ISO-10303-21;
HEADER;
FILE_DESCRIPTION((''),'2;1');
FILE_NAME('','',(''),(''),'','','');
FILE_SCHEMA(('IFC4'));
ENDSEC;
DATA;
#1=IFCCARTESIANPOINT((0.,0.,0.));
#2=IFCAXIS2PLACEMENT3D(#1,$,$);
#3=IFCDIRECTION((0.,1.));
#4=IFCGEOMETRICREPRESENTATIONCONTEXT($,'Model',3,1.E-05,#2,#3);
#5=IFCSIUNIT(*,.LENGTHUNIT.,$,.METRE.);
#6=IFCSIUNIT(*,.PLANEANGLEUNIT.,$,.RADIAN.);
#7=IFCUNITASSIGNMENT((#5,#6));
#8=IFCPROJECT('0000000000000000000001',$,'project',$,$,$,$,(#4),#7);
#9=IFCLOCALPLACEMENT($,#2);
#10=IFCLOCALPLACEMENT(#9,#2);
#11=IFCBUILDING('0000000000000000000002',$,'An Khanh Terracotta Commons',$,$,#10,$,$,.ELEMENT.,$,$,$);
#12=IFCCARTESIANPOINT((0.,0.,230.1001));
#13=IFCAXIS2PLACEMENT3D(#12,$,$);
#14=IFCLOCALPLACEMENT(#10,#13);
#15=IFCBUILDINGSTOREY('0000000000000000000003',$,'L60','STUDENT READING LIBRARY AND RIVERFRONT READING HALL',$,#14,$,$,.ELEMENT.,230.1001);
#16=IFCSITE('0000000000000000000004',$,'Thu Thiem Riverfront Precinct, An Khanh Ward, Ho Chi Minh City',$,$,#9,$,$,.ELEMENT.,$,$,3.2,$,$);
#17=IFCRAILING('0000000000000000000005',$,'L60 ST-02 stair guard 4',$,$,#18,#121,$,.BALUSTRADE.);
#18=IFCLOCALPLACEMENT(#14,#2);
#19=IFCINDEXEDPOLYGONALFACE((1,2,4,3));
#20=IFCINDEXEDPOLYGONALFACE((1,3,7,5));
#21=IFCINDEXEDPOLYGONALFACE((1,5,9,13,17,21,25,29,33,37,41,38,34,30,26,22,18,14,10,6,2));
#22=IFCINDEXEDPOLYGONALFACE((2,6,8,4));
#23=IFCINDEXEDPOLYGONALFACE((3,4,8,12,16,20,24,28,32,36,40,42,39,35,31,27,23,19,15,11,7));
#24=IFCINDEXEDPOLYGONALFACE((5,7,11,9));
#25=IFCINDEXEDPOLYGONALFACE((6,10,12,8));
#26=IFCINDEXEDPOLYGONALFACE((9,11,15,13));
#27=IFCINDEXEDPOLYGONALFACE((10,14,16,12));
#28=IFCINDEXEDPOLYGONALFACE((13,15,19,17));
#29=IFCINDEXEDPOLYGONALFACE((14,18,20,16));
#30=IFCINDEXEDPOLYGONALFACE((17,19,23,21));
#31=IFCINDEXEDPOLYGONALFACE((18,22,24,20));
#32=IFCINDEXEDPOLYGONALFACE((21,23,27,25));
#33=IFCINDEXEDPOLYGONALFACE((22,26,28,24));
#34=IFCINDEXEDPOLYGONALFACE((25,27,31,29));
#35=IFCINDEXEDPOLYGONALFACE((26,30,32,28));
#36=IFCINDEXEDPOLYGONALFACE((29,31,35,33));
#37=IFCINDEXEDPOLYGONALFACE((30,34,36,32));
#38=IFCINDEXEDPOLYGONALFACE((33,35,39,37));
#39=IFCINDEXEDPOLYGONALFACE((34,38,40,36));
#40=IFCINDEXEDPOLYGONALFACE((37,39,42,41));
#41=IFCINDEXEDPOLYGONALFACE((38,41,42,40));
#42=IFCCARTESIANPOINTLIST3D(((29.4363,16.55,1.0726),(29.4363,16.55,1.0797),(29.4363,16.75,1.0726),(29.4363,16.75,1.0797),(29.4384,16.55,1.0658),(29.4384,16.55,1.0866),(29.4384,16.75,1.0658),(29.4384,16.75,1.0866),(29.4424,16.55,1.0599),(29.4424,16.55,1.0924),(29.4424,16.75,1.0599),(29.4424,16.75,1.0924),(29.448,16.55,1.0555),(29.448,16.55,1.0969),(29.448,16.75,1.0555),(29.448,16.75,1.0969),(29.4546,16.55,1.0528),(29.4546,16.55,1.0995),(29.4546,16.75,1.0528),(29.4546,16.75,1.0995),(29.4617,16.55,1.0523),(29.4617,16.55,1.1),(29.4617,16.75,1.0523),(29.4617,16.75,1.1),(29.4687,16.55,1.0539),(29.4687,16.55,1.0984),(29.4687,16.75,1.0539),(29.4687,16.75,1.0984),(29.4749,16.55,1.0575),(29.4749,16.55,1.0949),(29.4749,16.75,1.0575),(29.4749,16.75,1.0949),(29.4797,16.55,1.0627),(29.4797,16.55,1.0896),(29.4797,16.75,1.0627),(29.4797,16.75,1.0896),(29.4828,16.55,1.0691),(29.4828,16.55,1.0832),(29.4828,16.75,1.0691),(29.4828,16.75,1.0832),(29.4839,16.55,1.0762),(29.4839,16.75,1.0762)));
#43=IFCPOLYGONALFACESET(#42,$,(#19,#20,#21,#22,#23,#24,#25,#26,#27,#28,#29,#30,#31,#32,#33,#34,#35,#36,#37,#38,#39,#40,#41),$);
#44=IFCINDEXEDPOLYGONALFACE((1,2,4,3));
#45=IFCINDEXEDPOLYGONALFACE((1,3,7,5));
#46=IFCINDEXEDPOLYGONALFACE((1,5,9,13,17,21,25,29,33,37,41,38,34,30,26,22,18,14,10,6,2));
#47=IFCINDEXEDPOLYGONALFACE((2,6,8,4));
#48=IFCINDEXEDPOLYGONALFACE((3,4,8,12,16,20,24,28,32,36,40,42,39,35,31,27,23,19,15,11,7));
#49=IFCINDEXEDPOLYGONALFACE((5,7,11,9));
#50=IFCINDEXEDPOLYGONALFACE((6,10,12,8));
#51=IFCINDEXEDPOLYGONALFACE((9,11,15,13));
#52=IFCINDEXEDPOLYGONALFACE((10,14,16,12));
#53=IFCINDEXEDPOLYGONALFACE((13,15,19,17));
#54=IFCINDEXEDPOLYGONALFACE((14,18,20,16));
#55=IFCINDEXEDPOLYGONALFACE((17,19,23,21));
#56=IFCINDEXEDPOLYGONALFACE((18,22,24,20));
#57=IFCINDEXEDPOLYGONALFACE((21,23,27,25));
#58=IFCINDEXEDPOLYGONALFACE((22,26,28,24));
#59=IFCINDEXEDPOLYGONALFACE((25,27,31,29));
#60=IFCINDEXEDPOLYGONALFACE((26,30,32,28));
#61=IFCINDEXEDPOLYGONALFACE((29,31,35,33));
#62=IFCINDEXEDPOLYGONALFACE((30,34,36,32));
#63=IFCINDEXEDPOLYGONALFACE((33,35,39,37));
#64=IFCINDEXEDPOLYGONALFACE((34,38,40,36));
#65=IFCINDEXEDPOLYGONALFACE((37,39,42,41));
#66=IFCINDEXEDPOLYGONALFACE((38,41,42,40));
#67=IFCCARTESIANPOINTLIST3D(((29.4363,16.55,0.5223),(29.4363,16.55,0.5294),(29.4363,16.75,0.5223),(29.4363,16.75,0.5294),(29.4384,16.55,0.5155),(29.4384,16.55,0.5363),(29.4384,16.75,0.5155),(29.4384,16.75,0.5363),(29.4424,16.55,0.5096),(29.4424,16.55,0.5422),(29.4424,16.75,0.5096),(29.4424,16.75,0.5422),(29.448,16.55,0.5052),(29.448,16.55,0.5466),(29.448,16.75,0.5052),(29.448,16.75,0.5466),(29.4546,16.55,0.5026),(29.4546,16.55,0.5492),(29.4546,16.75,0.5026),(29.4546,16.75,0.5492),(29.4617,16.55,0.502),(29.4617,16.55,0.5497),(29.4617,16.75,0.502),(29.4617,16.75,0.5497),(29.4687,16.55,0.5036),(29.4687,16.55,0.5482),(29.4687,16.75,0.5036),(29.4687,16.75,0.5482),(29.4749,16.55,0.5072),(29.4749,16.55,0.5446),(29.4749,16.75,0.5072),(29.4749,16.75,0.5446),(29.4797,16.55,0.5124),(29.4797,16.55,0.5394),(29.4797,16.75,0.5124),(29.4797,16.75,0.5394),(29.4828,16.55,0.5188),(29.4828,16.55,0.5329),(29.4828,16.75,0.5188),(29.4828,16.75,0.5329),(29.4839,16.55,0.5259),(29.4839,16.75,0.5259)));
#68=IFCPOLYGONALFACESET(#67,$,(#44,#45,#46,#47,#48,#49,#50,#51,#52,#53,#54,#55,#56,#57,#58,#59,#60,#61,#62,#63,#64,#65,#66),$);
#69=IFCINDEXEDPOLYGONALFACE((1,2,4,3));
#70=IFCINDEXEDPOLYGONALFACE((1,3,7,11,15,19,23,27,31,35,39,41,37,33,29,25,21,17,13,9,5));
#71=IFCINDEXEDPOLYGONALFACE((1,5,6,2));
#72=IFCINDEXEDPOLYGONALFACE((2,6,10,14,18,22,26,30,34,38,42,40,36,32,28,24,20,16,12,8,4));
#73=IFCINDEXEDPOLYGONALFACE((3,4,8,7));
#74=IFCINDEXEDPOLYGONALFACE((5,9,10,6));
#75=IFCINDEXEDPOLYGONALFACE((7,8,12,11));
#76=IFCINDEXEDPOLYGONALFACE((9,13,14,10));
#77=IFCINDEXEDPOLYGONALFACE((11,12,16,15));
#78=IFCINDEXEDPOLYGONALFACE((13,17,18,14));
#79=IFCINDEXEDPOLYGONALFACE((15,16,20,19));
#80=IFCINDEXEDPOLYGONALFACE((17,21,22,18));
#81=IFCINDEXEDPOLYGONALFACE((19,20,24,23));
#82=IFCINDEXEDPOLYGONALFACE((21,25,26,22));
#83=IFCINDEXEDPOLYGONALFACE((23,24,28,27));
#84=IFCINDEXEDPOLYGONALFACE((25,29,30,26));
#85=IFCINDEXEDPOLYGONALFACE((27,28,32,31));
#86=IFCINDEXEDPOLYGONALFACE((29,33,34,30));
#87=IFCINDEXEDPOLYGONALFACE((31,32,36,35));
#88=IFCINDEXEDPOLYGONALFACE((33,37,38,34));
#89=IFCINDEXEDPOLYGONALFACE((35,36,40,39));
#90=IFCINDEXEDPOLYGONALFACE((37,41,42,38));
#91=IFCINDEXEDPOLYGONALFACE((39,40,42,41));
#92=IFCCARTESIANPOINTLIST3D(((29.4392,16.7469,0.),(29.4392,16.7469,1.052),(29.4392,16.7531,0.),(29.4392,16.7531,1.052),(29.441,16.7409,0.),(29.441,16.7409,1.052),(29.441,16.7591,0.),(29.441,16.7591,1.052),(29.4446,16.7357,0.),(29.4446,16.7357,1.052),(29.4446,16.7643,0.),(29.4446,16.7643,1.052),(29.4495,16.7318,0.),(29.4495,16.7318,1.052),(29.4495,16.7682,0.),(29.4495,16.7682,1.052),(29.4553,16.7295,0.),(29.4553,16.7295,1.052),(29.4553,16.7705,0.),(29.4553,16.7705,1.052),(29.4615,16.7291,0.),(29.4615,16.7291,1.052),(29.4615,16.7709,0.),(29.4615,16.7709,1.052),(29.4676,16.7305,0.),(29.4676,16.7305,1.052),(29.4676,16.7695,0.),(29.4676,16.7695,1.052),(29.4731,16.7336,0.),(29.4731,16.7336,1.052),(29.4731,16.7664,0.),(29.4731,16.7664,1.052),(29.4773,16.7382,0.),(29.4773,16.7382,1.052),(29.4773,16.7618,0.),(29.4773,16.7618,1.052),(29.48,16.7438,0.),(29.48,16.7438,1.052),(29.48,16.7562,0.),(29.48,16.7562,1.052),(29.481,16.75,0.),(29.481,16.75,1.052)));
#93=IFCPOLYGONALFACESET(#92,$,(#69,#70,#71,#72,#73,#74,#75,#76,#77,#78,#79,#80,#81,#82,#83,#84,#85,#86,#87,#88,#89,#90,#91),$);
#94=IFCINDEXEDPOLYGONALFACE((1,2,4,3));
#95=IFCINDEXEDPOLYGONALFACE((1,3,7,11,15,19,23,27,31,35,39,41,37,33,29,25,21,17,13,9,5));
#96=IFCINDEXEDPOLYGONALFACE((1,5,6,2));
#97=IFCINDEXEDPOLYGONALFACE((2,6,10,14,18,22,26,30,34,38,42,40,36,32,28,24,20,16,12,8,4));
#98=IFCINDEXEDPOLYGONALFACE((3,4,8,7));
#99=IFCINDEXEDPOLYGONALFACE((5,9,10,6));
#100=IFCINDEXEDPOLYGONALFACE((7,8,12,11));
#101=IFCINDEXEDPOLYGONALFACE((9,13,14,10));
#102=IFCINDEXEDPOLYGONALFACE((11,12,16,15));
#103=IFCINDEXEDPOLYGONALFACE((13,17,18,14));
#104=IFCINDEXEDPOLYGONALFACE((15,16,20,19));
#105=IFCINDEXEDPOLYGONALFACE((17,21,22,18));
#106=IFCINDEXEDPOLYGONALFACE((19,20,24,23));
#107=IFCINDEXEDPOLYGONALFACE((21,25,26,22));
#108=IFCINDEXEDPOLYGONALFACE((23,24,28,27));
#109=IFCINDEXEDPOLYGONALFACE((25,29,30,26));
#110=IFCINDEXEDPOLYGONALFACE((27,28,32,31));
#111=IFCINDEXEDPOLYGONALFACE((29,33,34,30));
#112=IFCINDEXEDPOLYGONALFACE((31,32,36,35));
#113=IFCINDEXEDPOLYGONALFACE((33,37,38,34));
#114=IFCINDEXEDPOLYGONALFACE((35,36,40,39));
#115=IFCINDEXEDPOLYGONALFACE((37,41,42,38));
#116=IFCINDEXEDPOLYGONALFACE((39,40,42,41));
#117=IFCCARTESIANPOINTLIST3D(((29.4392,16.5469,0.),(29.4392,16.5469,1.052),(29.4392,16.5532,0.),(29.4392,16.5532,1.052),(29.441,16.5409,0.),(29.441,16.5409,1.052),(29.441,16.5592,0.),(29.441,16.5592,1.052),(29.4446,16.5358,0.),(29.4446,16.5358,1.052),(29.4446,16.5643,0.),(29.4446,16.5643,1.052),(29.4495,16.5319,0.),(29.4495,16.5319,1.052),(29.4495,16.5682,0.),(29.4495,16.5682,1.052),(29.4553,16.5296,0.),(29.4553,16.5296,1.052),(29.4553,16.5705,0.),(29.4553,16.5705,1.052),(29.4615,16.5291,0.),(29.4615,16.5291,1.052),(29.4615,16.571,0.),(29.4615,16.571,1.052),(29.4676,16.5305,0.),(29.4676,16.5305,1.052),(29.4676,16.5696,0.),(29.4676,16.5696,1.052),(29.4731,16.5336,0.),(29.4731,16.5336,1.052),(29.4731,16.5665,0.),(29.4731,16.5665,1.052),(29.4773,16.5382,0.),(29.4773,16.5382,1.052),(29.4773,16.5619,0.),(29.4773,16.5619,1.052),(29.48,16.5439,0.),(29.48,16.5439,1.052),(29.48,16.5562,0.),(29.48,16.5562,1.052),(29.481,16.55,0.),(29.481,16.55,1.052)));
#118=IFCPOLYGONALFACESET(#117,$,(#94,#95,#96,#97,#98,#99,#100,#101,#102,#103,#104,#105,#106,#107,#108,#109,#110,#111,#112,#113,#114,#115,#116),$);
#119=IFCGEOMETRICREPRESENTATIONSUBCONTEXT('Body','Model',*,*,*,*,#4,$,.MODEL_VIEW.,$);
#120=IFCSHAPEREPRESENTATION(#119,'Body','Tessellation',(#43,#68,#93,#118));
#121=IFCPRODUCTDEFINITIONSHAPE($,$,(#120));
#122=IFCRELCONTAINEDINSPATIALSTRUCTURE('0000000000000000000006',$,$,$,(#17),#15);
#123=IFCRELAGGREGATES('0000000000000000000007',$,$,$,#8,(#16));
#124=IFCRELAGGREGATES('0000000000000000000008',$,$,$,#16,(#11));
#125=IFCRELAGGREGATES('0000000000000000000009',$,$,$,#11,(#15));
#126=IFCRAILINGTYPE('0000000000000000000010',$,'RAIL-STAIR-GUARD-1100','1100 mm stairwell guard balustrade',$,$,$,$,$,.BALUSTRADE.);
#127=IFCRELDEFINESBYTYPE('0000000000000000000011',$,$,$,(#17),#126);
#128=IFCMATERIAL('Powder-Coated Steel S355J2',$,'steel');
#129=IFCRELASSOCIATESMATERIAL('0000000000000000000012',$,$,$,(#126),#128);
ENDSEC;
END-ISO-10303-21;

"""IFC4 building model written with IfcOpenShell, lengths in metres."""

from ifc_helpers import new_model, si_unit, direction, frame, origin, origin_2d, place, context, subcontext, project, spatial, circle, extrude, material, type_object, element, save


model = new_model("IFC4")

# Units and contexts
model_context = context("Model", 3, precision=1e-05, world=origin(), true_north=direction((0.0, 1.0)))
body_context = subcontext(model_context, "Body", "Model", "MODEL_VIEW")
ifc_project = project(units=[si_unit("LENGTHUNIT", "METRE"), si_unit("PLANEANGLEUNIT", "RADIAN")], contexts=[model_context])

# Site, building, storey
site_placement = place(None, origin())
site = spatial("IfcSite", under=ifc_project, at=site_placement, Name="Thu Thiem Riverfront Precinct, An Khanh Ward, Ho Chi Minh City", CompositionType="ELEMENT", RefElevation=3.2)
building_placement = place(site_placement, origin())
building = spatial("IfcBuilding", under=site, at=building_placement, Name="An Khanh Terracotta Commons", CompositionType="ELEMENT")
storey_placement = place(building_placement, frame((0.0, 0.0, 230.1001)))
storey = spatial("IfcBuildingStorey", under=building, at=storey_placement, Name="L60", Description="STUDENT READING LIBRARY AND RIVERFRONT READING HALL", CompositionType="ELEMENT", Elevation=230.1001)

# Railing
ifc_material_1 = material(Name="Powder-Coated Steel S355J2", Category="steel")
railing_type_1 = type_object("IfcRailingType", Name="RAIL-STAIR-GUARD-1100", Description="1100 mm stairwell guard balustrade", PredefinedType="BALUSTRADE", material=ifc_material_1)
railing_1_placement = place(storey_placement, frame((29.46, 16.75, 0.0)))
element("IfcRailing", 1, at=railing_1_placement, inside=storey, type_object=railing_type_1, Name="L60 ST-02 stair guard 4", PredefinedType="BALUSTRADE", context=body_context, shape_type="SweptSolid", body=[
    extrude(circle(Radius=0.0239, at=origin_2d()), frame((0.0, 0.0, 1.0762), z_axis=(0.0, -1.0, 0.0), x_axis=(1.0, 0.0, 0.0)), (0.0, 0.0, 1.0), 0.2),
    extrude(circle(Radius=0.0239, at=origin_2d()), frame((0.0, 0.0, 0.5259), z_axis=(0.0, -1.0, 0.0), x_axis=(1.0, 0.0, 0.0)), (0.0, 0.0, 1.0), 0.2),
    extrude(circle(Radius=0.021, at=origin_2d()), origin(), (0.0, 0.0, 1.0), 1.052),
    extrude(circle(Radius=0.021, at=origin_2d()), frame((0.0, -0.2, 0.0)), (0.0, 0.0, 1.0), 1.052),
])

save(model, "model.ifc")
